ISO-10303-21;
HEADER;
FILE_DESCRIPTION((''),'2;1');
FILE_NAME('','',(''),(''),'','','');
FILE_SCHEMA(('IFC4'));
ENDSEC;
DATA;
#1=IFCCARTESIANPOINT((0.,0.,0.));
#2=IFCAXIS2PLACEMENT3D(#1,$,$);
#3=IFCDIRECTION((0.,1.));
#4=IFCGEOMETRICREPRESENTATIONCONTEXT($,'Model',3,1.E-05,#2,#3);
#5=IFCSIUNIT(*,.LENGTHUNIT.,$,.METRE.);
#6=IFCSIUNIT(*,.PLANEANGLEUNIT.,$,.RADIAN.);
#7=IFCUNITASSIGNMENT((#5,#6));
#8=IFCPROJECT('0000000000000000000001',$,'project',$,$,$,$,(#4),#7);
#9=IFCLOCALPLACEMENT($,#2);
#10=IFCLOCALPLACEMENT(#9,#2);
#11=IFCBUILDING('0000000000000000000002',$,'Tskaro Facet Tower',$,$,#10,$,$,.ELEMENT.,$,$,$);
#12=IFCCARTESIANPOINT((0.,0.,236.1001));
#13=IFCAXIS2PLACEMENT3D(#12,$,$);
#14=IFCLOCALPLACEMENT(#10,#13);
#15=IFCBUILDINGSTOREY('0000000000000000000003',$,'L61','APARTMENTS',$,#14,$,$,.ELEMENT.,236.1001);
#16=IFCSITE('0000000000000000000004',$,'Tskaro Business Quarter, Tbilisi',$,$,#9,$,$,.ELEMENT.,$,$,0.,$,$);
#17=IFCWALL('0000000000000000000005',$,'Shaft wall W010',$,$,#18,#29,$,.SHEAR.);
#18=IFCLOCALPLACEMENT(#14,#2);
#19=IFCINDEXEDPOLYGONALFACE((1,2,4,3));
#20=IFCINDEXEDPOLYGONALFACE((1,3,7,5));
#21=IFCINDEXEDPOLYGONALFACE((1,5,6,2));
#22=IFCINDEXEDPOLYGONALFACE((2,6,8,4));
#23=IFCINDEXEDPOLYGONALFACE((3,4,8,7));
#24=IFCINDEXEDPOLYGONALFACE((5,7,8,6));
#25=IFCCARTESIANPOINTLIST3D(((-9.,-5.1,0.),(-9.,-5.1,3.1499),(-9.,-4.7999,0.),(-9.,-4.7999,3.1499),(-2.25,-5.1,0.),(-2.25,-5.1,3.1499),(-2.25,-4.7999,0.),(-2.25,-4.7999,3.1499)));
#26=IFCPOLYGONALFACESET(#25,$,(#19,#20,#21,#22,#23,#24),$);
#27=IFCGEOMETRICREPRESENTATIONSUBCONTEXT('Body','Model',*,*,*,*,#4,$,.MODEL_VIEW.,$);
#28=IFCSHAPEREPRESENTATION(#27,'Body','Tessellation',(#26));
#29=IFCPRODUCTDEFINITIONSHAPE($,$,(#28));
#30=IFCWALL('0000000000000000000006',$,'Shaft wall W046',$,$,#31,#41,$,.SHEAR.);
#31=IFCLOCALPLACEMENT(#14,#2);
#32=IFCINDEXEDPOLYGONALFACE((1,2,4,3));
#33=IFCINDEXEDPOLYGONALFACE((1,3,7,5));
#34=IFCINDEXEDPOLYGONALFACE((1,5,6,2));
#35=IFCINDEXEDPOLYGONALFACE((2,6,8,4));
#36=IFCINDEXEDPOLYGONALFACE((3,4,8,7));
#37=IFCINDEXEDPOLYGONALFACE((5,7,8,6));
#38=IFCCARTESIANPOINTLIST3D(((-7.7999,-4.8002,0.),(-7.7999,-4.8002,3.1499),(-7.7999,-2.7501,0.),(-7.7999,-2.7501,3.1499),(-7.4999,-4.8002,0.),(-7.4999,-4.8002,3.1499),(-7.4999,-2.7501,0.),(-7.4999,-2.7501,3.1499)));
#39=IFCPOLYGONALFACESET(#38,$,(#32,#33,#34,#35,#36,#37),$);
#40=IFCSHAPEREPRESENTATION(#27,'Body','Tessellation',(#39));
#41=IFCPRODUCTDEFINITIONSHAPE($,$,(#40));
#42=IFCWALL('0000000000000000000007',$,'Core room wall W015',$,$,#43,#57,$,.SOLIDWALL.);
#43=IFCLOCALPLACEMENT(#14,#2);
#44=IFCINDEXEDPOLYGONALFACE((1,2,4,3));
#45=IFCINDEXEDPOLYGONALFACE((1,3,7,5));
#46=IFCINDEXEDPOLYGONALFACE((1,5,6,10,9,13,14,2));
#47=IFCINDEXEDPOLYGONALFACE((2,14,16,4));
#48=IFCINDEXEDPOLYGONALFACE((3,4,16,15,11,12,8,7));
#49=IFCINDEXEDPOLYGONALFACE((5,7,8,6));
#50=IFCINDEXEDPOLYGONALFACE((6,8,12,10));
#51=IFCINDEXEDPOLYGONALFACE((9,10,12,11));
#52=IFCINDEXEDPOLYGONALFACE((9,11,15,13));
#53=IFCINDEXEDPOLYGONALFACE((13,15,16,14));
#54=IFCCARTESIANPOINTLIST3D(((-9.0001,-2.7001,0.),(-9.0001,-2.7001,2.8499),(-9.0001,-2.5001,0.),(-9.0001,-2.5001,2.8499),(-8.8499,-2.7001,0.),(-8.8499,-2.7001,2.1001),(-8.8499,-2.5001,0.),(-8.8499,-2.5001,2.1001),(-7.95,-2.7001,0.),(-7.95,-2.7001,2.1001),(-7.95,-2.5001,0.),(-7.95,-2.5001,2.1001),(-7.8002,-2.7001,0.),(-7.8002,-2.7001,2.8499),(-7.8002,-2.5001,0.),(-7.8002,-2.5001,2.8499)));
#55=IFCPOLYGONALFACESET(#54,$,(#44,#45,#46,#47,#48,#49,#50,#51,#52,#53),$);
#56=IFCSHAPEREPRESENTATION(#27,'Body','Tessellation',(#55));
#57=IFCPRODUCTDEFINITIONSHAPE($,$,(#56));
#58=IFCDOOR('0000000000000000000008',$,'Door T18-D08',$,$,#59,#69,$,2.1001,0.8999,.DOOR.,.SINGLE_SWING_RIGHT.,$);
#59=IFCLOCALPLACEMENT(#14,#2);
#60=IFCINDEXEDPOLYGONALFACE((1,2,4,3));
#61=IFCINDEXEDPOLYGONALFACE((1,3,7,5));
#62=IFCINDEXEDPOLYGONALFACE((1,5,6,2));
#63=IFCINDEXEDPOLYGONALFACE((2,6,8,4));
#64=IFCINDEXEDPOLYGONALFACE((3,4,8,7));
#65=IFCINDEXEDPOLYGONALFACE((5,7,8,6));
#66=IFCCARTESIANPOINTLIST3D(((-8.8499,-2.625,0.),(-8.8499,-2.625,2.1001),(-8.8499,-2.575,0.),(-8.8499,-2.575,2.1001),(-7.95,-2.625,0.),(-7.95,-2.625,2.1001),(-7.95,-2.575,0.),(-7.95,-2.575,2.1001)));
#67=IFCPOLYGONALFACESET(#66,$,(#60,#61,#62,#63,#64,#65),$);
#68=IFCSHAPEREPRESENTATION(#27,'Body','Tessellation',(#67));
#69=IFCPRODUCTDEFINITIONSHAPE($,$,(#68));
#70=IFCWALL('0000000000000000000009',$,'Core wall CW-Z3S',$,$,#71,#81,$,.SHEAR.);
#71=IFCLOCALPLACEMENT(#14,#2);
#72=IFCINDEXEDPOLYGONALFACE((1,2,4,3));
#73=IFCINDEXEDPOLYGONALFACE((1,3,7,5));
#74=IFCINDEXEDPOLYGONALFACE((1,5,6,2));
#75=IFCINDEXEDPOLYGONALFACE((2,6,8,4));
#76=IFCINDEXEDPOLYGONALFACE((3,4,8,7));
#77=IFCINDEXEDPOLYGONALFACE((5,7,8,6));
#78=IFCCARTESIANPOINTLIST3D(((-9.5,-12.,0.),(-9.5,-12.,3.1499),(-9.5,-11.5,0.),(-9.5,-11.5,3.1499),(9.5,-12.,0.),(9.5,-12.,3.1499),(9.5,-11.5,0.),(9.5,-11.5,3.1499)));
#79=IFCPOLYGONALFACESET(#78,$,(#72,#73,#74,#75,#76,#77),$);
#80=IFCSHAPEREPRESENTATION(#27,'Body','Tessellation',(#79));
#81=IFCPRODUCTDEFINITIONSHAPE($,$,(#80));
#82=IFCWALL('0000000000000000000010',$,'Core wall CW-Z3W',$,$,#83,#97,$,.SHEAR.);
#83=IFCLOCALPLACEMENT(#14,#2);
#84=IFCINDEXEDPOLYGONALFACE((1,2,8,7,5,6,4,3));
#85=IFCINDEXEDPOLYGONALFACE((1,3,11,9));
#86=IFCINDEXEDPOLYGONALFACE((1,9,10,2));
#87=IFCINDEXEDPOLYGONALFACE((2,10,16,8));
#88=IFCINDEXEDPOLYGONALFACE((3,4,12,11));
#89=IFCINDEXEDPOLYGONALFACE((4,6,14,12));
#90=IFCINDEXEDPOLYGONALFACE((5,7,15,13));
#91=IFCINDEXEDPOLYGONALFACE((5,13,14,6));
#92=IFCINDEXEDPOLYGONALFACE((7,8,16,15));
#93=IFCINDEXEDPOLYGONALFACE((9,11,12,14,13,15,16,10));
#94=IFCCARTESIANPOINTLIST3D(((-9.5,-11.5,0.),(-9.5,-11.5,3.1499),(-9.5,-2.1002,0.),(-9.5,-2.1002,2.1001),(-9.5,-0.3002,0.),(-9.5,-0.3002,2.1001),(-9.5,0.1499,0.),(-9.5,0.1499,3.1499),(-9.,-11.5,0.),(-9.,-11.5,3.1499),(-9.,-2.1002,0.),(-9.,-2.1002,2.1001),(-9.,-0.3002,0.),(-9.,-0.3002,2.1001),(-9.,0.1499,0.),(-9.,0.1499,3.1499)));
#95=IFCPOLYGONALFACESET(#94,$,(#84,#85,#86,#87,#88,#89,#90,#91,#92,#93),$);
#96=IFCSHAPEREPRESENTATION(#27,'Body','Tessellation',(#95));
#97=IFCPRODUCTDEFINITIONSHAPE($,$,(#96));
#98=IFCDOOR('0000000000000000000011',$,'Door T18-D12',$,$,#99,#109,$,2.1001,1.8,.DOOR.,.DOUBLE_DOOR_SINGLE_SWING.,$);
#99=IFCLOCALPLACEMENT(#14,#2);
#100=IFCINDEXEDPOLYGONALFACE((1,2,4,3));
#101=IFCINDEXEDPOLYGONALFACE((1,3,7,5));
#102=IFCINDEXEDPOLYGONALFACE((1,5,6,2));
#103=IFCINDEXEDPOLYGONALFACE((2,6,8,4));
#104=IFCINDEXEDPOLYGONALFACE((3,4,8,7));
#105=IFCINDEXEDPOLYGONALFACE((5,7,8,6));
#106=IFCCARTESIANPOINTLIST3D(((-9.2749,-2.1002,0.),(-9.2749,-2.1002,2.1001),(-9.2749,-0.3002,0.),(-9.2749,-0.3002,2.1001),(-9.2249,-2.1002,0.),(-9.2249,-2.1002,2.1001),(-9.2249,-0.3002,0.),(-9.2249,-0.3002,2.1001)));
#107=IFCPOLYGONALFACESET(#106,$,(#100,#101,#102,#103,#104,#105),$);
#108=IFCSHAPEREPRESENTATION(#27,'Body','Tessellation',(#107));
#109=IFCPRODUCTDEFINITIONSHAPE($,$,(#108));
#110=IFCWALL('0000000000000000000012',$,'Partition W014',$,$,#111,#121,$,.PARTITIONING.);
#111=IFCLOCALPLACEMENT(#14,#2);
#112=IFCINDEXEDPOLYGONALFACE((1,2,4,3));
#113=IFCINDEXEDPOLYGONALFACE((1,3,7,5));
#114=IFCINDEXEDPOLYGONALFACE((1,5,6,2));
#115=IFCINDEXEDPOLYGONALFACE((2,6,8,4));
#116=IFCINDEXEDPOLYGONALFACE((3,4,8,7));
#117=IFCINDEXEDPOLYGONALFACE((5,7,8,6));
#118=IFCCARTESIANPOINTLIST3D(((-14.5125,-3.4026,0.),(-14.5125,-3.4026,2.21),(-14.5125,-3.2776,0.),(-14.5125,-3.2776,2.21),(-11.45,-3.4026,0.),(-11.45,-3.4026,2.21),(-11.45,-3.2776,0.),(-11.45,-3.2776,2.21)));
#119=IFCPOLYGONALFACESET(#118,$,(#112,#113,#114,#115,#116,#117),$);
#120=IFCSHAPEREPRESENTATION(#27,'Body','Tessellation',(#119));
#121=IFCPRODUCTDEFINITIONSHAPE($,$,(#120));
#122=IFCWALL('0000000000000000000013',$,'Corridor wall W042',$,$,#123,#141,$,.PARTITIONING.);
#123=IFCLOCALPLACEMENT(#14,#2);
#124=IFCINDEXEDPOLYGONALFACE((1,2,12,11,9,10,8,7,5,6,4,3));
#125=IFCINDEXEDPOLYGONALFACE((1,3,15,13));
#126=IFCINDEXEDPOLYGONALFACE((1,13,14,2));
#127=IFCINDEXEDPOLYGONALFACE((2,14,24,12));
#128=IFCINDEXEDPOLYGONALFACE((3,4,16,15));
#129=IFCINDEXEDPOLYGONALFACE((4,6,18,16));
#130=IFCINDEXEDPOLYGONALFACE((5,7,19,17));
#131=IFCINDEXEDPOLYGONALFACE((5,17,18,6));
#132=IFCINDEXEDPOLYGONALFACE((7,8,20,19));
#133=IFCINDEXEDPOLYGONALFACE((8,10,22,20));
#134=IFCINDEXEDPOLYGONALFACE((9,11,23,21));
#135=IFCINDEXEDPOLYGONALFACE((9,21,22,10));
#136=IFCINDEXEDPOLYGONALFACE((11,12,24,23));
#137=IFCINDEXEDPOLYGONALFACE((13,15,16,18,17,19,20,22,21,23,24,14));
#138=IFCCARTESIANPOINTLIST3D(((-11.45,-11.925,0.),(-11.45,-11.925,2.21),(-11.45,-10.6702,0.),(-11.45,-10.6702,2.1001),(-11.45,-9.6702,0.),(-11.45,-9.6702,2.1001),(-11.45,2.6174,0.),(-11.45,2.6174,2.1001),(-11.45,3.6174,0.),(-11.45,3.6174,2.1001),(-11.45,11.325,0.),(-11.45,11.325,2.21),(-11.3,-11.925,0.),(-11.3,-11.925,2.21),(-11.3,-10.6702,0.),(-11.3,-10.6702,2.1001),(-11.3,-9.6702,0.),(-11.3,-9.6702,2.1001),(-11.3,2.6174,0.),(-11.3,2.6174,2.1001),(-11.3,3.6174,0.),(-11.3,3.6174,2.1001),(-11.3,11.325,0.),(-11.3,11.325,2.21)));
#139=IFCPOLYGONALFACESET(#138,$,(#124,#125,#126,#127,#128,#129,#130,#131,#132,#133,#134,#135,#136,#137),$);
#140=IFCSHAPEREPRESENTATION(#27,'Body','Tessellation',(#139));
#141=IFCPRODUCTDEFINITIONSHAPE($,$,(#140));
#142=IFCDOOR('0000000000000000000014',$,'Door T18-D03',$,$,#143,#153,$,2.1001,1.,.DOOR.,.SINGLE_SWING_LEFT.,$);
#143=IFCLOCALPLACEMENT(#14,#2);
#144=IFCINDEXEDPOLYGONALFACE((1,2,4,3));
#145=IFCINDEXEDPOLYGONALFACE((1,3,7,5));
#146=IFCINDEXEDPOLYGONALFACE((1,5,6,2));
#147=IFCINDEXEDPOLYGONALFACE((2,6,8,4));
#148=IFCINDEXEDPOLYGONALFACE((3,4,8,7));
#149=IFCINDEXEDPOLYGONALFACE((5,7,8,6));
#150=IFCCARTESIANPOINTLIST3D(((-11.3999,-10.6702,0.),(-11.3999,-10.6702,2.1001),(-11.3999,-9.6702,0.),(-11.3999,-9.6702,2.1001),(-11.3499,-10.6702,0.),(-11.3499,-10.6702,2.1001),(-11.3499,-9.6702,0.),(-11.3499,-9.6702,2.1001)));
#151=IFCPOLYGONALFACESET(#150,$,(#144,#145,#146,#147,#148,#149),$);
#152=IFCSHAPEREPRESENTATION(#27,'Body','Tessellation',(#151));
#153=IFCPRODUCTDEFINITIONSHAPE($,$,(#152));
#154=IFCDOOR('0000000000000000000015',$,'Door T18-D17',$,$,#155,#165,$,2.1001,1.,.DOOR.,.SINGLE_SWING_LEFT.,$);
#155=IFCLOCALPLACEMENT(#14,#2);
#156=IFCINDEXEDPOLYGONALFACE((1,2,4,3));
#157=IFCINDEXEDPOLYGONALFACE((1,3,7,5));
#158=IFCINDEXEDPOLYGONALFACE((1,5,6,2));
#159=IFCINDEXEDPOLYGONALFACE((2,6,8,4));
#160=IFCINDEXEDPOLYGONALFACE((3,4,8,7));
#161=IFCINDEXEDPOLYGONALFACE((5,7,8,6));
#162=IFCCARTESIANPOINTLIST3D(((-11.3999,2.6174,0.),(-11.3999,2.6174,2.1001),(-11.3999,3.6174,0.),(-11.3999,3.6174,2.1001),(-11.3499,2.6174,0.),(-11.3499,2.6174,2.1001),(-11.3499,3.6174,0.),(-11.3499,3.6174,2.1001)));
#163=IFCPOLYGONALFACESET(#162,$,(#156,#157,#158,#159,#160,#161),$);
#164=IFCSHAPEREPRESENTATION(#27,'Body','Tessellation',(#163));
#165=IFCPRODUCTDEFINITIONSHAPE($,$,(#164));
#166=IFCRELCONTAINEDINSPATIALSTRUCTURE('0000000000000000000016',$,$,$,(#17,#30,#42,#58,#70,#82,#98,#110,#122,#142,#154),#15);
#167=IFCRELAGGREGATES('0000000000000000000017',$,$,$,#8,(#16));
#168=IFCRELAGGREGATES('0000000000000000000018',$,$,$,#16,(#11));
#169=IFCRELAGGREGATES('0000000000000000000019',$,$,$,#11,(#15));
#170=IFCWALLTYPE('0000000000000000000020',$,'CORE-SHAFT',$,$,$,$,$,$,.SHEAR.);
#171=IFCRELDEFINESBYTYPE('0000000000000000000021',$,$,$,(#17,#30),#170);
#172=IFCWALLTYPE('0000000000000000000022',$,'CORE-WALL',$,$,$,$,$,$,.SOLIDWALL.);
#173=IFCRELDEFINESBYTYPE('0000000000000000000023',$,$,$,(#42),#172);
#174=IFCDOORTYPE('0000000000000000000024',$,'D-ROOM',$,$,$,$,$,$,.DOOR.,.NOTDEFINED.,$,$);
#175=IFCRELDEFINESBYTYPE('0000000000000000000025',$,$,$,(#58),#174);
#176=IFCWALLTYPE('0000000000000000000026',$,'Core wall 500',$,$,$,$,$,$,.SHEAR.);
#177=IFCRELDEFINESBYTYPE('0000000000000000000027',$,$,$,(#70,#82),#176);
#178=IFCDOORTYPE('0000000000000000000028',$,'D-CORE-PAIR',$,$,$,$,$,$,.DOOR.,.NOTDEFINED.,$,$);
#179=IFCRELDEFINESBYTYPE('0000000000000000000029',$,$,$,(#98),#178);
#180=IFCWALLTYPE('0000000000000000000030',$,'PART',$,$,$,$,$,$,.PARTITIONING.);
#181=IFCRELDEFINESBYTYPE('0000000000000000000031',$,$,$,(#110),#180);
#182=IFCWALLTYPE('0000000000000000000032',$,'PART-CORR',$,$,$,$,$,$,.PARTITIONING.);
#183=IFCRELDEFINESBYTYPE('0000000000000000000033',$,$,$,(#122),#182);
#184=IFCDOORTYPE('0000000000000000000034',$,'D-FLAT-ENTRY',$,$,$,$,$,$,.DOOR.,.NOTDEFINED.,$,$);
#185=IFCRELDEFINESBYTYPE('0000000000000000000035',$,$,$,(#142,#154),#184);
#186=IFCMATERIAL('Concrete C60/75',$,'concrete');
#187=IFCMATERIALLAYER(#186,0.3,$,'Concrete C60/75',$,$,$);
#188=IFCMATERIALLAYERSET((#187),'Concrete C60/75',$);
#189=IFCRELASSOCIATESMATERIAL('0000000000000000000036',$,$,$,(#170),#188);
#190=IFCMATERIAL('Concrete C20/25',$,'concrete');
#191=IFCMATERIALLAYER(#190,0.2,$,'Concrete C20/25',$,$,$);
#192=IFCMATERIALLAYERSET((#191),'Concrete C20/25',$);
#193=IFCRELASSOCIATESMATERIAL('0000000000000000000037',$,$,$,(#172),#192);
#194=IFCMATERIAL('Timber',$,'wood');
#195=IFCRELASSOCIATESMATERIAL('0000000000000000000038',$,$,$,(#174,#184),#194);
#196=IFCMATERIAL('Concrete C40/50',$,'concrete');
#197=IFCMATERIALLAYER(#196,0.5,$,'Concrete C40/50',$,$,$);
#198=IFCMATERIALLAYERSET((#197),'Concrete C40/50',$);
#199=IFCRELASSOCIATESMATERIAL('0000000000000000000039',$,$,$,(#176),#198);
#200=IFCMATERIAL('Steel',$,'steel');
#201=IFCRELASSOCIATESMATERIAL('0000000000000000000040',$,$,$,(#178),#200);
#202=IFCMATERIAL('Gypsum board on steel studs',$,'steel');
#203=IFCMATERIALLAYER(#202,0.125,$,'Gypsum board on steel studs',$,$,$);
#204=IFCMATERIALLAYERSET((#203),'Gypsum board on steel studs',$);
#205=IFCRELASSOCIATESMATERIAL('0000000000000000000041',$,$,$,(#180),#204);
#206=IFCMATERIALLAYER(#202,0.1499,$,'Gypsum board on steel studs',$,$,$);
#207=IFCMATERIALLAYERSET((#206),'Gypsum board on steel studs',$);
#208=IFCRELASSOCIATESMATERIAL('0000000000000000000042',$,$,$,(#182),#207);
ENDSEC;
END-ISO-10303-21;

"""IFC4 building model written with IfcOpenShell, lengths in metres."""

from ifc_helpers import new_model, si_unit, direction, frame, frame_2d, origin, place, context, subcontext, project, spatial, rectangle, extrude, material, layer, layer_set, type_object, element, fill, save


model = new_model("IFC4")

# Units and contexts
model_context = context("Model", 3, precision=1e-05, world=origin(), true_north=direction((0.0, 1.0)))
body_context = subcontext(model_context, "Body", "Model", "MODEL_VIEW")
ifc_project = project(units=[si_unit("LENGTHUNIT", "METRE"), si_unit("PLANEANGLEUNIT", "RADIAN")], contexts=[model_context])

# Site, building, storey
site_placement = place(None, origin())
site = spatial("IfcSite", under=ifc_project, at=site_placement, Name="Tskaro Business Quarter, Tbilisi", CompositionType="ELEMENT", RefElevation=0.0)
building_placement = place(site_placement, origin())
building = spatial("IfcBuilding", under=site, at=building_placement, Name="Tskaro Facet Tower", CompositionType="ELEMENT")
storey_placement = place(building_placement, frame((0.0, 0.0, 236.1001)))
storey = spatial("IfcBuildingStorey", under=building, at=storey_placement, Name="L61", Description="APARTMENTS", CompositionType="ELEMENT", Elevation=236.1001)

# Walls
ifc_material_1 = material(Name="Concrete C60/75", Category="concrete")
ifc_layer_1 = layer(ifc_material_1, 0.3, Name="Concrete C60/75")
ifc_layer_set_1 = layer_set([ifc_layer_1], Name="Concrete C60/75")
wall_type_1 = type_object("IfcWallType", Name="CORE-SHAFT", PredefinedType="SHEAR", material=ifc_layer_set_1)
wall_1_placement = place(storey_placement, frame((-9.0, -4.95, 0.0), z_axis=(0.0, 0.0, 1.0), x_axis=(1.0, 0.0, 0.0)))
element("IfcWall", 1, at=wall_1_placement, inside=storey, type_object=wall_type_1, Name="Shaft wall W010", PredefinedType="SHEAR", context=body_context, shape_type="SweptSolid", body=[
    extrude(rectangle(XDim=6.75, YDim=0.3, at=frame_2d((3.375, 0.0))), origin(), (0.0, 0.0, 1.0), 3.1499),
])
wall_2_placement = place(storey_placement, frame((-7.6499, -4.8, 0.0), z_axis=(0.0, 0.0, 1.0), x_axis=(0.0, 1.0, 0.0)))
element("IfcWall", 2, at=wall_2_placement, inside=storey, type_object=wall_type_1, Name="Shaft wall W046", PredefinedType="SHEAR", context=body_context, shape_type="SweptSolid", body=[
    extrude(rectangle(XDim=2.05, YDim=0.3, at=frame_2d((1.0249, 0.0))), origin(), (0.0, 0.0, 1.0), 3.1499),
])

# Wall, opening, door
ifc_material_2 = material(Name="Concrete C20/25", Category="concrete")
ifc_layer_2 = layer(ifc_material_2, 0.2, Name="Concrete C20/25")
ifc_layer_set_2 = layer_set([ifc_layer_2], Name="Concrete C20/25")
wall_type_2 = type_object("IfcWallType", Name="CORE-WALL", PredefinedType="SOLIDWALL", material=ifc_layer_set_2)
wall_3_placement = place(storey_placement, frame((-7.8, -2.6001, 0.0), z_axis=(0.0, 0.0, 1.0), x_axis=(-1.0, 0.0, 0.0)))
wall_3 = element("IfcWall", 3, at=wall_3_placement, inside=storey, type_object=wall_type_2, Name="Core room wall W015", PredefinedType="SOLIDWALL", context=body_context, shape_type="SweptSolid", body=[
    extrude(rectangle(XDim=1.2, YDim=0.2, at=frame_2d((0.6001, 0.0))), origin(), (0.0, 0.0, 1.0), 2.8499),
])
opening_1_placement = place(wall_3_placement, frame((0.1499, 0.0, 0.0)))
opening_1 = element("IfcOpeningElement", 4, at=opening_1_placement, cuts=wall_3, PredefinedType="OPENING", context=body_context, shape_type="SweptSolid", body=[
    extrude(rectangle(XDim=0.8999, YDim=2.1001, at=frame_2d((0.45, 1.05))), frame((0.0, 0.1099, 0.0), z_axis=(0.0, -1.0, 0.0), x_axis=(1.0, 0.0, 0.0)), (0.0, 0.0, 1.0), 0.22),
])
ifc_material_3 = material(Name="Timber", Category="wood")
door_type_1 = type_object("IfcDoorType", Name="D-ROOM", OperationType="NOTDEFINED", PredefinedType="DOOR", material=ifc_material_3)
door_1_placement = place(opening_1_placement, origin())
door_1 = element("IfcDoor", 5, at=door_1_placement, inside=storey, type_object=door_type_1, Name="Door T18-D08", OperationType="SINGLE_SWING_RIGHT", OverallHeight=2.1001, OverallWidth=0.8999, PredefinedType="DOOR", context=body_context, shape_type="SweptSolid", body=[
    extrude(rectangle(XDim=0.8999, YDim=2.1001, at=frame_2d((0.45, 1.05))), frame((0.0, 0.0249, 0.0), z_axis=(0.0, -1.0, 0.0), x_axis=(1.0, 0.0, 0.0)), (0.0, 0.0, 1.0), 0.05),
])
fill(opening_1, door_1)

# Wall
ifc_material_4 = material(Name="Concrete C40/50", Category="concrete")
ifc_layer_3 = layer(ifc_material_4, 0.5, Name="Concrete C40/50")
ifc_layer_set_3 = layer_set([ifc_layer_3], Name="Concrete C40/50")
wall_type_3 = type_object("IfcWallType", Name="Core wall 500", PredefinedType="SHEAR", material=ifc_layer_set_3)
wall_4_placement = place(storey_placement, frame((-9.5, -11.75, 0.0), z_axis=(0.0, 0.0, 1.0), x_axis=(1.0, 0.0, 0.0)))
element("IfcWall", 6, at=wall_4_placement, inside=storey, type_object=wall_type_3, Name="Core wall CW-Z3S", PredefinedType="SHEAR", context=body_context, shape_type="SweptSolid", body=[
    extrude(rectangle(XDim=19.0, YDim=0.5, at=frame_2d((9.5, 0.0))), origin(), (0.0, 0.0, 1.0), 3.1499),
])

# Wall, opening, door
wall_5_placement = place(storey_placement, frame((-9.25, -11.5, 0.0), z_axis=(0.0, 0.0, 1.0), x_axis=(0.0, 1.0, 0.0)))
wall_5 = element("IfcWall", 7, at=wall_5_placement, inside=storey, type_object=wall_type_3, Name="Core wall CW-Z3W", PredefinedType="SHEAR", context=body_context, shape_type="SweptSolid", body=[
    extrude(rectangle(XDim=11.6499, YDim=0.5, at=frame_2d((5.825, 0.0))), origin(), (0.0, 0.0, 1.0), 3.1499),
])
opening_2_placement = place(wall_5_placement, frame((9.3999, 0.0, 0.0)))
opening_2 = element("IfcOpeningElement", 8, at=opening_2_placement, cuts=wall_5, PredefinedType="OPENING", context=body_context, shape_type="SweptSolid", body=[
    extrude(rectangle(XDim=1.8, YDim=2.1001, at=frame_2d((0.8999, 1.05))), frame((0.0, 0.26, 0.0), z_axis=(0.0, -1.0, 0.0), x_axis=(1.0, 0.0, 0.0)), (0.0, 0.0, 1.0), 0.52),
])
ifc_material_5 = material(Name="Steel", Category="steel")
door_type_2 = type_object("IfcDoorType", Name="D-CORE-PAIR", OperationType="NOTDEFINED", PredefinedType="DOOR", material=ifc_material_5)
door_2_placement = place(opening_2_placement, origin())
door_2 = element("IfcDoor", 9, at=door_2_placement, inside=storey, type_object=door_type_2, Name="Door T18-D12", OperationType="DOUBLE_DOOR_SINGLE_SWING", OverallHeight=2.1001, OverallWidth=1.8, PredefinedType="DOOR", context=body_context, shape_type="SweptSolid", body=[
    extrude(rectangle(XDim=1.8, YDim=2.1001, at=frame_2d((0.8999, 1.05))), frame((0.0, 0.0249, 0.0), z_axis=(0.0, -1.0, 0.0), x_axis=(1.0, 0.0, 0.0)), (0.0, 0.0, 1.0), 0.05),
])
fill(opening_2, door_2)

# Wall
ifc_material_6 = material(Name="Gypsum board on steel studs", Category="steel")
ifc_layer_4 = layer(ifc_material_6, 0.125, Name="Gypsum board on steel studs")
ifc_layer_set_4 = layer_set([ifc_layer_4], Name="Gypsum board on steel studs")
wall_type_4 = type_object("IfcWallType", Name="PART", PredefinedType="PARTITIONING", material=ifc_layer_set_4)
wall_6_placement = place(storey_placement, frame((-14.5125, -3.3401, 0.0), z_axis=(0.0, 0.0, 1.0), x_axis=(1.0, 0.0, 0.0)))
element("IfcWall", 10, at=wall_6_placement, inside=storey, type_object=wall_type_4, Name="Partition W014", PredefinedType="PARTITIONING", context=body_context, shape_type="SweptSolid", body=[
    extrude(rectangle(XDim=3.0625, YDim=0.125, at=frame_2d((1.5312, 0.0))), origin(), (0.0, 0.0, 1.0), 2.21),
])

# Wall, openings, doors
ifc_layer_5 = layer(ifc_material_6, 0.1499, Name="Gypsum board on steel studs")
ifc_layer_set_5 = layer_set([ifc_layer_5], Name="Gypsum board on steel studs")
wall_type_5 = type_object("IfcWallType", Name="PART-CORR", PredefinedType="PARTITIONING", material=ifc_layer_set_5)
wall_7_placement = place(storey_placement, frame((-11.375, -11.925, 0.0), z_axis=(0.0, 0.0, 1.0), x_axis=(0.0, 1.0, 0.0)))
wall_7 = element("IfcWall", 11, at=wall_7_placement, inside=storey, type_object=wall_type_5, Name="Corridor wall W042", PredefinedType="PARTITIONING", context=body_context, shape_type="SweptSolid", body=[
    extrude(rectangle(XDim=23.25, YDim=0.1499, at=frame_2d((11.625, 0.0))), origin(), (0.0, 0.0, 1.0), 2.21),
])
opening_3_placement = place(wall_7_placement, frame((1.2549, 0.0, 0.0)))
opening_3 = element("IfcOpeningElement", 12, at=opening_3_placement, cuts=wall_7, PredefinedType="OPENING", context=body_context, shape_type="SweptSolid", body=[
    extrude(rectangle(XDim=1.0, YDim=2.1001, at=frame_2d((0.5, 1.05))), frame((0.0, 0.085, 0.0), z_axis=(0.0, -1.0, 0.0), x_axis=(1.0, 0.0, 0.0)), (0.0, 0.0, 1.0), 0.1699),
])
opening_4_placement = place(wall_7_placement, frame((14.5425, 0.0, 0.0)))
opening_4 = element("IfcOpeningElement", 13, at=opening_4_placement, cuts=wall_7, PredefinedType="OPENING", context=body_context, shape_type="SweptSolid", body=[
    extrude(rectangle(XDim=1.0, YDim=2.1001, at=frame_2d((0.5, 1.05))), frame((0.0, 0.085, 0.0), z_axis=(0.0, -1.0, 0.0), x_axis=(1.0, 0.0, 0.0)), (0.0, 0.0, 1.0), 0.1699),
])
door_type_3 = type_object("IfcDoorType", Name="D-FLAT-ENTRY", OperationType="NOTDEFINED", PredefinedType="DOOR", material=ifc_material_3)
door_3_placement = place(opening_3_placement, origin())
door_3 = element("IfcDoor", 14, at=door_3_placement, inside=storey, type_object=door_type_3, Name="Door T18-D03", OperationType="SINGLE_SWING_LEFT", OverallHeight=2.1001, OverallWidth=1.0, PredefinedType="DOOR", context=body_context, shape_type="SweptSolid", body=[
    extrude(rectangle(XDim=1.0, YDim=2.1001, at=frame_2d((0.5, 1.05))), frame((0.0, 0.0249, 0.0), z_axis=(0.0, -1.0, 0.0), x_axis=(1.0, 0.0, 0.0)), (0.0, 0.0, 1.0), 0.05),
])
fill(opening_3, door_3)
door_4_placement = place(opening_4_placement, origin())
door_4 = element("IfcDoor", 15, at=door_4_placement, inside=storey, type_object=door_type_3, Name="Door T18-D17", OperationType="SINGLE_SWING_LEFT", OverallHeight=2.1001, OverallWidth=1.0, PredefinedType="DOOR", context=body_context, shape_type="SweptSolid", body=[
    extrude(rectangle(XDim=1.0, YDim=2.1001, at=frame_2d((0.5, 1.05))), frame((0.0, 0.0249, 0.0), z_axis=(0.0, -1.0, 0.0), x_axis=(1.0, 0.0, 0.0)), (0.0, 0.0, 1.0), 0.05),
])
fill(opening_4, door_4)

save(model, "model.ifc")
